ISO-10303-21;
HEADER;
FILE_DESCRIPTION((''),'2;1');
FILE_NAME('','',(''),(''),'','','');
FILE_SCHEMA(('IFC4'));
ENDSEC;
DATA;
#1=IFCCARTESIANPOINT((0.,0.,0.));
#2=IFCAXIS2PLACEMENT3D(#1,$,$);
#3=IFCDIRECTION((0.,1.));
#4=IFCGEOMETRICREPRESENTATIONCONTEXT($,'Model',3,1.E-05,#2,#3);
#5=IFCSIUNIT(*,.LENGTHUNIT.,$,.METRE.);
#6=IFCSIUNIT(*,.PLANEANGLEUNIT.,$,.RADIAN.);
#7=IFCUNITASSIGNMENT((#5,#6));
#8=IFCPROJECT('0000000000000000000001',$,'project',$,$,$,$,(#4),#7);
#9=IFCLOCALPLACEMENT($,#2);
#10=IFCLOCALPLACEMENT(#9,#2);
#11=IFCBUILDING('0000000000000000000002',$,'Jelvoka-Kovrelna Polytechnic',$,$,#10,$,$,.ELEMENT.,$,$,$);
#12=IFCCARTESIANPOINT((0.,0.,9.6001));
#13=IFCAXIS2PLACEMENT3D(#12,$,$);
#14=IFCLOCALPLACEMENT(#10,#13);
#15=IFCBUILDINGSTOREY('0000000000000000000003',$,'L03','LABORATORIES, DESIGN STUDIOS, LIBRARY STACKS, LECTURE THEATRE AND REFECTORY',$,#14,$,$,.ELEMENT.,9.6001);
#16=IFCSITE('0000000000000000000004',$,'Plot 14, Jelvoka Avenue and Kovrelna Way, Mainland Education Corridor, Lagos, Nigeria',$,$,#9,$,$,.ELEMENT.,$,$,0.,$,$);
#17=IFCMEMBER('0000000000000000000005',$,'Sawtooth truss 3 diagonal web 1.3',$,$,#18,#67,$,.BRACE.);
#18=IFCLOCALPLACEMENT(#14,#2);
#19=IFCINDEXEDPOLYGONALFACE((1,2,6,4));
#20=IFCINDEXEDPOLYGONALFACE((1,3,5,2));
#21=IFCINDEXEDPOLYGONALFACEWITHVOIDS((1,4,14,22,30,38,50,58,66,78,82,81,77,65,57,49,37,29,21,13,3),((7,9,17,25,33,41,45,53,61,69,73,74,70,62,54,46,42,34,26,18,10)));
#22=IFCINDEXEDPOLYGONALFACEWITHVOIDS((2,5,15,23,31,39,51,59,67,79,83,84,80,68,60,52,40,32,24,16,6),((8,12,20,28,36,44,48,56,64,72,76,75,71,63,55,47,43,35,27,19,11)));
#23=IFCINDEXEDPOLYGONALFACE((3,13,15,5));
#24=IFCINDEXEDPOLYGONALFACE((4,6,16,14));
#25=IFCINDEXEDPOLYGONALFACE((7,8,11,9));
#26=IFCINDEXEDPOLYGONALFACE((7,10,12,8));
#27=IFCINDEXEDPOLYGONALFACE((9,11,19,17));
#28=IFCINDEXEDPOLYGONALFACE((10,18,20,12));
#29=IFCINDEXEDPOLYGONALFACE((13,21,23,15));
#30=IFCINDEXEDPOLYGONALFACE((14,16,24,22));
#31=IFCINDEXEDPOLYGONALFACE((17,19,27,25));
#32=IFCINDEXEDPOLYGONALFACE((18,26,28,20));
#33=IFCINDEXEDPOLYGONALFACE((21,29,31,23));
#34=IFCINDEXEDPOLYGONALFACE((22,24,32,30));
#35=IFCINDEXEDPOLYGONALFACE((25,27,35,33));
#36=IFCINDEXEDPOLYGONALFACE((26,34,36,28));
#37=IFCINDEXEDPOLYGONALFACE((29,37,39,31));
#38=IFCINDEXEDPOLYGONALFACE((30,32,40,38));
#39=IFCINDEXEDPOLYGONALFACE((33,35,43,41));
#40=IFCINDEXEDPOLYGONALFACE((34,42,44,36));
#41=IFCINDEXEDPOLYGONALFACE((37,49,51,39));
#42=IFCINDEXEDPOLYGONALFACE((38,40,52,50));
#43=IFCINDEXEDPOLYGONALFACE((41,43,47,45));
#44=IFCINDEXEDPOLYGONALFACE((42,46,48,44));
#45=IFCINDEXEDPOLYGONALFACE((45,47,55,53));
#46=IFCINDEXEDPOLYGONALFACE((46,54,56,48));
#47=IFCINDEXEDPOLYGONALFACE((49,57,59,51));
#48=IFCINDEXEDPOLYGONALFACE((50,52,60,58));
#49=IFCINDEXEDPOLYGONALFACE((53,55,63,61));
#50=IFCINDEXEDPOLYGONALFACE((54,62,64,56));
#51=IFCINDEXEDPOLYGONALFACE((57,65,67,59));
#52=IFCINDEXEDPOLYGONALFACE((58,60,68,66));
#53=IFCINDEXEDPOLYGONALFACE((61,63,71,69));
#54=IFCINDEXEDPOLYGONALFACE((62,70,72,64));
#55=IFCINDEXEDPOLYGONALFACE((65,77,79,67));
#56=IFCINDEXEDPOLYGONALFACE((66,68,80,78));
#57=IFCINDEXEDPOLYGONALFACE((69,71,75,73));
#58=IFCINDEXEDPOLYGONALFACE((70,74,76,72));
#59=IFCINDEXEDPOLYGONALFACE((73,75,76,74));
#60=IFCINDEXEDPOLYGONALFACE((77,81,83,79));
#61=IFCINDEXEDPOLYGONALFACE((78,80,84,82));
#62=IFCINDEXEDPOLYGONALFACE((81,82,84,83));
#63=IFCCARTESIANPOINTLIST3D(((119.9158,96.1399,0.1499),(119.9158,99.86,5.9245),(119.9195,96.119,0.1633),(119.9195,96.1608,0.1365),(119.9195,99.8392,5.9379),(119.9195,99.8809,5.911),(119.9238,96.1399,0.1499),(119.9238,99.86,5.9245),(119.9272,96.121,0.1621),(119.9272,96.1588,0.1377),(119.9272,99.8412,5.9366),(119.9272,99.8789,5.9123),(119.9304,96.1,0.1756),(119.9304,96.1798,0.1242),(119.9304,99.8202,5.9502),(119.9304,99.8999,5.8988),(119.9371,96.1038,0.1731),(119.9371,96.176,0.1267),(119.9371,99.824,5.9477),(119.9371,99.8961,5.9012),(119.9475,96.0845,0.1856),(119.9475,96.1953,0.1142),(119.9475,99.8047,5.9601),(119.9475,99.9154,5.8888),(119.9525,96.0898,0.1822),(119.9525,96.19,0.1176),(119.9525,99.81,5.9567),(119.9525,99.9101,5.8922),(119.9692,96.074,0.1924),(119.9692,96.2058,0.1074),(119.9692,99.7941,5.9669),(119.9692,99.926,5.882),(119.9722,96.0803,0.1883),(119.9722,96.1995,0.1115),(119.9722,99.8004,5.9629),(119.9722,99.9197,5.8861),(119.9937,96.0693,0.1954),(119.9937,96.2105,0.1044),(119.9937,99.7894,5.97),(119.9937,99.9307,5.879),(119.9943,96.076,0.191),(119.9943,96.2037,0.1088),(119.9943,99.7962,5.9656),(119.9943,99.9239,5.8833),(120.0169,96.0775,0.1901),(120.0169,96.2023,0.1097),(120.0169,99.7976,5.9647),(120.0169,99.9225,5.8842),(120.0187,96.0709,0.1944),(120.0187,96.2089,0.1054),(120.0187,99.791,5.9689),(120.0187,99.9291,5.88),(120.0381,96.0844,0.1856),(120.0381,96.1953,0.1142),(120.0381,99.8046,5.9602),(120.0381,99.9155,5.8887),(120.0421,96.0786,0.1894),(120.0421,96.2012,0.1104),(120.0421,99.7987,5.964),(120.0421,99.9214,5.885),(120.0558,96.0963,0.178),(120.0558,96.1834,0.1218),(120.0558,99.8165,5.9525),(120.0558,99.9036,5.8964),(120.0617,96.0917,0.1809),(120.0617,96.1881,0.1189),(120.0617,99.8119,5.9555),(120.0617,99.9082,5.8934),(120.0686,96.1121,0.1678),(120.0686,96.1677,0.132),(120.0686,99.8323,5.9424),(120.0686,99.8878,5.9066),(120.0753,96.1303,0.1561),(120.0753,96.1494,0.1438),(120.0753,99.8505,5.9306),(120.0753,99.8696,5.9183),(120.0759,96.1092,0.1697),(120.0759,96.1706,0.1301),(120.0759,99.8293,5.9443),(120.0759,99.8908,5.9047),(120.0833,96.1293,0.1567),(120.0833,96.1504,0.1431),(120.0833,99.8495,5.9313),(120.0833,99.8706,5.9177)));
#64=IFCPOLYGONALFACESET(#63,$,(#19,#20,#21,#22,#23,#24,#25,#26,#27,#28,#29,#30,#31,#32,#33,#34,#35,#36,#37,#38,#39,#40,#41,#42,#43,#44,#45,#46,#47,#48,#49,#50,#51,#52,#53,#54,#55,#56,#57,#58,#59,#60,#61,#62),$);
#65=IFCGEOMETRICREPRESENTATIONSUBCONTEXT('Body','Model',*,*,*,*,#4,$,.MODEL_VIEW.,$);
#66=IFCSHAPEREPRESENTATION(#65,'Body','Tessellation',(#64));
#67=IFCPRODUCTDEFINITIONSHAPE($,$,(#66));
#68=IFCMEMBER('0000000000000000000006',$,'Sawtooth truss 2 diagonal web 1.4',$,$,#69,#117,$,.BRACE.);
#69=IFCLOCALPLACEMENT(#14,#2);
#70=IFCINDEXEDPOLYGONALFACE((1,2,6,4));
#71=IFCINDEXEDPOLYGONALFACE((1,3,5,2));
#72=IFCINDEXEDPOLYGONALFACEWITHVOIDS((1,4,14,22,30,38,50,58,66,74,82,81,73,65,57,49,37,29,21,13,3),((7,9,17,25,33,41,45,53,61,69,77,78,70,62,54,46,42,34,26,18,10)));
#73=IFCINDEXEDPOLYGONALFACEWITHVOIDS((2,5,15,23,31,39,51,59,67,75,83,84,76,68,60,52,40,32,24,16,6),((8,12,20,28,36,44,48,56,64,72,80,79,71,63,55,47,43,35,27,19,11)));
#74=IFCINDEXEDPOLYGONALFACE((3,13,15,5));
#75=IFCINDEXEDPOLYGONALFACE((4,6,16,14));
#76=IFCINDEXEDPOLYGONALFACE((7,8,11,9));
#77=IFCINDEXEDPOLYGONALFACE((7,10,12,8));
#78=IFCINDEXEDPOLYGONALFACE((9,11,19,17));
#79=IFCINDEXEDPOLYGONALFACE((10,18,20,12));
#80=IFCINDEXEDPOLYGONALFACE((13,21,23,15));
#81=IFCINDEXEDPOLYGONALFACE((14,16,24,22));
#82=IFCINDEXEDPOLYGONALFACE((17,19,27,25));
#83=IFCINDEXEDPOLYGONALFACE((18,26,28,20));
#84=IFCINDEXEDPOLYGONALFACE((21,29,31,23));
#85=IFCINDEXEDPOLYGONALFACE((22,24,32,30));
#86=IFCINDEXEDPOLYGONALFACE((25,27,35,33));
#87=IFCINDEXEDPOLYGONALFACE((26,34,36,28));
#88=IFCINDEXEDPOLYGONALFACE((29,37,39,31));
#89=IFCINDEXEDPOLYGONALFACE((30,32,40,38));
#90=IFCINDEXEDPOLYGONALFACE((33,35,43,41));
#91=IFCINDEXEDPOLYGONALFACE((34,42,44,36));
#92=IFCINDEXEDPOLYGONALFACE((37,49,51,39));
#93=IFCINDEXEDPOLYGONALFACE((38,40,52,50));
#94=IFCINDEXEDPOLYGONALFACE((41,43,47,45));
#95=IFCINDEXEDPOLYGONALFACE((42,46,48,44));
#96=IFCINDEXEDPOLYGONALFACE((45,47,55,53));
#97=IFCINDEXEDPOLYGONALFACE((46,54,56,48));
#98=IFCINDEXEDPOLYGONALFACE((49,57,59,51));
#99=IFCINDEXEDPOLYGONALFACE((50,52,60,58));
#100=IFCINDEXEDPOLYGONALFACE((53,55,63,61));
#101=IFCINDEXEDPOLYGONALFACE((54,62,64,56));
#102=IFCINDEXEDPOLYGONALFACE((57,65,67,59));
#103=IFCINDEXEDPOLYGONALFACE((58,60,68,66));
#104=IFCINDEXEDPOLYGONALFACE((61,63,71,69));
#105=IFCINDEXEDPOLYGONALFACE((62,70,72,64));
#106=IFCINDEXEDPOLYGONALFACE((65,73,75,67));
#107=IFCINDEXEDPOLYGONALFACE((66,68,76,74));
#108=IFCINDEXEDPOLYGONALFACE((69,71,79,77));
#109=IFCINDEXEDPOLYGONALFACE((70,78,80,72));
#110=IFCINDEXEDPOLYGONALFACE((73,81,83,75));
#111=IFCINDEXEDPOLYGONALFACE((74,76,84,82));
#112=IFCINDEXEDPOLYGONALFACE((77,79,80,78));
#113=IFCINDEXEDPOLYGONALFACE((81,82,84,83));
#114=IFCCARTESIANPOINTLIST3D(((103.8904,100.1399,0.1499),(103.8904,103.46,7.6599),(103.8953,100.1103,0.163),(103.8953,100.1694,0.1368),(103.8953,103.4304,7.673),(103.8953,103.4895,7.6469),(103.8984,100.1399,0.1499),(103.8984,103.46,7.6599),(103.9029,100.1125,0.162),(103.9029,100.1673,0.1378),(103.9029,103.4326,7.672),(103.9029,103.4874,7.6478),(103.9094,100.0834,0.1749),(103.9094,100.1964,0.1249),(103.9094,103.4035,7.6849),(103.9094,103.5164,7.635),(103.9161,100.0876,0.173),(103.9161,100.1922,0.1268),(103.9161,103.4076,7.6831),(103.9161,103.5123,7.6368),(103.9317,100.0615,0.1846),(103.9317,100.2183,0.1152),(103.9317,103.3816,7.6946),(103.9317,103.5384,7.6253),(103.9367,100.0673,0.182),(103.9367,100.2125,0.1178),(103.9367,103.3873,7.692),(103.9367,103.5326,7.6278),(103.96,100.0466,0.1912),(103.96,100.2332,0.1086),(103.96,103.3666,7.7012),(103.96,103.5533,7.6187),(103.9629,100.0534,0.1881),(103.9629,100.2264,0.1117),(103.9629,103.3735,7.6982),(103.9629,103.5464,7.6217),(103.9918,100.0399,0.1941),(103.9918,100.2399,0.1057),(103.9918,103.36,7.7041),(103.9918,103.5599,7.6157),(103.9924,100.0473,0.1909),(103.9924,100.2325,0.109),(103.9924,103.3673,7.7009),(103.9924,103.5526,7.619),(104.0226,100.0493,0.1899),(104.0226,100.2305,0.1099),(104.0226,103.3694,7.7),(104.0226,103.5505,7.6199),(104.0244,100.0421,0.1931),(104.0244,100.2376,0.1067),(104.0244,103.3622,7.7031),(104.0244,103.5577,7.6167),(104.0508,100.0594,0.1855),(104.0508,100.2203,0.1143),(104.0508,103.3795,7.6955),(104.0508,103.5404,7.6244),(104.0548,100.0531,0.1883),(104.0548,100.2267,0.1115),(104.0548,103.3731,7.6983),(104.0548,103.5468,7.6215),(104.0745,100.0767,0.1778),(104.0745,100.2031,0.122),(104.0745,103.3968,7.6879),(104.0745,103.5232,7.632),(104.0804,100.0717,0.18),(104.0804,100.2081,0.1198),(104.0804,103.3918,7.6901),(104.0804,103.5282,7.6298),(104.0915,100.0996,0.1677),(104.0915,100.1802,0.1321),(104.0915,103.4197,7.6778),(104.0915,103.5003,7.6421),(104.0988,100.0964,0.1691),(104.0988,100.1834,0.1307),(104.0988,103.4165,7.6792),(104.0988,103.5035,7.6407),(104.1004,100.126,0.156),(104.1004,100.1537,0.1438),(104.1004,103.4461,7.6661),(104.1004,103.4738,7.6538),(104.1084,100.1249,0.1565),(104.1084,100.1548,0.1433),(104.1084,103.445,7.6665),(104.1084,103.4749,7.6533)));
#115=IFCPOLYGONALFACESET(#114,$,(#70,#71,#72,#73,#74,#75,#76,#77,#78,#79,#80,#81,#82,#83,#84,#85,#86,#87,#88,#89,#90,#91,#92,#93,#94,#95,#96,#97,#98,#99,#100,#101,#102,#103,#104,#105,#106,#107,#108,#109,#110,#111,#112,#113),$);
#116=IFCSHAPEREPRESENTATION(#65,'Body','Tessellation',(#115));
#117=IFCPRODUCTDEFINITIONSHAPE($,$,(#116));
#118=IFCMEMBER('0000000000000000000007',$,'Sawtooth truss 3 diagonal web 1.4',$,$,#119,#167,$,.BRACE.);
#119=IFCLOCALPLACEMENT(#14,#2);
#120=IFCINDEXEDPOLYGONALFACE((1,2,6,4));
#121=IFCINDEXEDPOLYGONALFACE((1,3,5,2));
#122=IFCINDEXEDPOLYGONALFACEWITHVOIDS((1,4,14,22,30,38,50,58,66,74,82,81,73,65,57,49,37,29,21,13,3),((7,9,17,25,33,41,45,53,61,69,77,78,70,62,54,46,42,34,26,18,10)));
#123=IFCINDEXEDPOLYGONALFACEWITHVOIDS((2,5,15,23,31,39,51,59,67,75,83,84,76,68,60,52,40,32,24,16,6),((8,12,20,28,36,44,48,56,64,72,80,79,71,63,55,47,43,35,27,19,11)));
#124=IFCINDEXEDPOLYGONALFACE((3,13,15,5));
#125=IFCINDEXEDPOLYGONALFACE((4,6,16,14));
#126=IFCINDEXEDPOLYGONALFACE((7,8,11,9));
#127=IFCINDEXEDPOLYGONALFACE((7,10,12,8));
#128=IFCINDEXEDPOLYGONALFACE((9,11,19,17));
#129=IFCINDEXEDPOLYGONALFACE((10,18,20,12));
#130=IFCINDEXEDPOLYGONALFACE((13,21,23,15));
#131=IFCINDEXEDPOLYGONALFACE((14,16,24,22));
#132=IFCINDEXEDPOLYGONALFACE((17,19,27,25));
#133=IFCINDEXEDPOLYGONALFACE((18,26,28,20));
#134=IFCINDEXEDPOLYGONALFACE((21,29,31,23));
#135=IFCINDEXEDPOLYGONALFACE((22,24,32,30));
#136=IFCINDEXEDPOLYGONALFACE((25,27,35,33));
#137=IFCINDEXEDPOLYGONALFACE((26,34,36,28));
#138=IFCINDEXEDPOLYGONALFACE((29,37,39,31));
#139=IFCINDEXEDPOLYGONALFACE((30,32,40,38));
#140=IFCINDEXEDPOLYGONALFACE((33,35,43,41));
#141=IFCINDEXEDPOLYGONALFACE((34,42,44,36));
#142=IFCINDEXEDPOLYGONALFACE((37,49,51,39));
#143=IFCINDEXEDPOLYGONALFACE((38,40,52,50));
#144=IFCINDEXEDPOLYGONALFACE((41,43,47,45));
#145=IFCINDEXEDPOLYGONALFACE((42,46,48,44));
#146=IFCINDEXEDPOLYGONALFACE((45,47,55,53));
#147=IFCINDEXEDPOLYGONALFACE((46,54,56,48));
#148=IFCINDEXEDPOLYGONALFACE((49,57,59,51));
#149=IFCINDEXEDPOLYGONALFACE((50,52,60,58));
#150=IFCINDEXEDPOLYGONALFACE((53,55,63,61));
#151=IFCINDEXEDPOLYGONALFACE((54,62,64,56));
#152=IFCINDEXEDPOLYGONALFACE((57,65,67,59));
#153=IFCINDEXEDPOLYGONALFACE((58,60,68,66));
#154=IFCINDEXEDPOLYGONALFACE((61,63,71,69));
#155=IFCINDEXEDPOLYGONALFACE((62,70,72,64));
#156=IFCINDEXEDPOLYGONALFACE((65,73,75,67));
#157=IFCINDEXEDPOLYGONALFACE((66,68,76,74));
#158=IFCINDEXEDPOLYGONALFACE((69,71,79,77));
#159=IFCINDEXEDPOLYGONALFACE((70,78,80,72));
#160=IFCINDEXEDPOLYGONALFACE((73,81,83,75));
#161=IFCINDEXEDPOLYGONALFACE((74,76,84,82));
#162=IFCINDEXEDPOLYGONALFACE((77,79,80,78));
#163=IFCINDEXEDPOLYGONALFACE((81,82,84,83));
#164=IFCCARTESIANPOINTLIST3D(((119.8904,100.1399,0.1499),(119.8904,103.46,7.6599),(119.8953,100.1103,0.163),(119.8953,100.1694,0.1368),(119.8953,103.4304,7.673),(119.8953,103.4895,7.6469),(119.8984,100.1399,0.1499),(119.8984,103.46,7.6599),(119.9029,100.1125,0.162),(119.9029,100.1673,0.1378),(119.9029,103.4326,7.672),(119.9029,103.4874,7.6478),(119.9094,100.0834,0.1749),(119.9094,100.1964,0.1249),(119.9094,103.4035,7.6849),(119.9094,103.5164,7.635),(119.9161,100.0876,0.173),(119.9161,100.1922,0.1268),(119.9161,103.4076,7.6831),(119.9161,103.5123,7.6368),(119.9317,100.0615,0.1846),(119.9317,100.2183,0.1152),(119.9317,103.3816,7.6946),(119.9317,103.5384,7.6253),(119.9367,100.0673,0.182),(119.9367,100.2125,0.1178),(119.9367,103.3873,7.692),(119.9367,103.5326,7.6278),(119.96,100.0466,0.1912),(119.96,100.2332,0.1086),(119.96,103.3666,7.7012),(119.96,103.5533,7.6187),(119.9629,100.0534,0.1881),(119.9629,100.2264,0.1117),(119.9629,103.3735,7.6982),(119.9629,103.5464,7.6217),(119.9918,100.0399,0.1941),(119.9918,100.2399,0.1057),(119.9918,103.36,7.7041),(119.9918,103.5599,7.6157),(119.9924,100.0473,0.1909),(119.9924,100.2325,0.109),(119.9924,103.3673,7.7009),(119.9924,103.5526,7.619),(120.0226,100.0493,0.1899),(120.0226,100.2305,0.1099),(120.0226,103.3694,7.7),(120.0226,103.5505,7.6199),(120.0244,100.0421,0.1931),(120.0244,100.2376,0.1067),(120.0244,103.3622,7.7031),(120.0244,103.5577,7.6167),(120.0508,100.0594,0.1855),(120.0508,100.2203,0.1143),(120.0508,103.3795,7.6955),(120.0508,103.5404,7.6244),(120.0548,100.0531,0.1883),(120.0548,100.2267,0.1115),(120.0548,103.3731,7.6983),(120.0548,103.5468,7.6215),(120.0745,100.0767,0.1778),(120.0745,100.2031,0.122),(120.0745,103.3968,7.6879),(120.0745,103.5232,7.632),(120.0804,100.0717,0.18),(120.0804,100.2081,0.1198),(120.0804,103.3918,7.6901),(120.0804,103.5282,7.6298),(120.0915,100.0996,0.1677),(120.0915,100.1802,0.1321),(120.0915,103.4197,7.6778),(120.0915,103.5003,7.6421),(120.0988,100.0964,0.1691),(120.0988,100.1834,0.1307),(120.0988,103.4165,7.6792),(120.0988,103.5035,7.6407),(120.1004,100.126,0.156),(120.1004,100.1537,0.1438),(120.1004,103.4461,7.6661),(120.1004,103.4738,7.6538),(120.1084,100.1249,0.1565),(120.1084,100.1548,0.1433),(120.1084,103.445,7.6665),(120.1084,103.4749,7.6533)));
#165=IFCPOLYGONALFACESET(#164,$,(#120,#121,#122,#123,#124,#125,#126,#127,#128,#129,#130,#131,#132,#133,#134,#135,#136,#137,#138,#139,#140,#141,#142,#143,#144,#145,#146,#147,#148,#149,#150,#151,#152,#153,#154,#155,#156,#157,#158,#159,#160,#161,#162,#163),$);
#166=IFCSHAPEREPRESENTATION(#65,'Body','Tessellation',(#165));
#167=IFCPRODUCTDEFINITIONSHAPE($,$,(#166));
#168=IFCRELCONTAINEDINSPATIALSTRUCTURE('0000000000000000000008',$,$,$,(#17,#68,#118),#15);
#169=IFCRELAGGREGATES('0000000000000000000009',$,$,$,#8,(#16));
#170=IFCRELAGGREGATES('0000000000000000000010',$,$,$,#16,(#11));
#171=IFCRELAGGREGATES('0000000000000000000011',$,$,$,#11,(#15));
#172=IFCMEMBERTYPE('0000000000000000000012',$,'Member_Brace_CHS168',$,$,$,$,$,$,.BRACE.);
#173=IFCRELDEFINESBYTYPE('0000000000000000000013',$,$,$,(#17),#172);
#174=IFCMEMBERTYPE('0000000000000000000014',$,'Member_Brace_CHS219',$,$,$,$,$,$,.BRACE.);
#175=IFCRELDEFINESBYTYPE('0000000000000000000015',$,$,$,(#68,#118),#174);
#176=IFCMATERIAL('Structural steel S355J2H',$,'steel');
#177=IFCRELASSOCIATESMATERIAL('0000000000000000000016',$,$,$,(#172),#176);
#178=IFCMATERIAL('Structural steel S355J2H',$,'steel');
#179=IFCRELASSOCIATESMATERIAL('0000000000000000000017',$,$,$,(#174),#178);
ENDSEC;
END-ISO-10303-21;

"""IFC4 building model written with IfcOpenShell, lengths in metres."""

from ifc_helpers import new_model, si_unit, direction, frame, origin, origin_2d, place, context, subcontext, project, spatial, hollow_circle, extrude, material, material_profile, profile_set, type_object, element, save


model = new_model("IFC4")

# Units and contexts
model_context = context("Model", 3, precision=1e-05, world=origin(), true_north=direction((0.0, 1.0)))
body_context = subcontext(model_context, "Body", "Model", "MODEL_VIEW")
ifc_project = project(units=[si_unit("LENGTHUNIT", "METRE"), si_unit("PLANEANGLEUNIT", "RADIAN")], contexts=[model_context])

# Site, building, storey
site_placement = place(None, origin())
site = spatial("IfcSite", under=ifc_project, at=site_placement, Name="Plot 14, Jelvoka Avenue and Kovrelna Way, Mainland Education Corridor, Lagos, Nigeria", CompositionType="ELEMENT", RefElevation=0.0)
building_placement = place(site_placement, origin())
building = spatial("IfcBuilding", under=site, at=building_placement, Name="Jelvoka-Kovrelna Polytechnic", CompositionType="ELEMENT")
storey_placement = place(building_placement, frame((0.0, 0.0, 9.6001)))
storey = spatial("IfcBuildingStorey", under=building, at=storey_placement, Name="L03", Description="LABORATORIES, DESIGN STUDIOS, LIBRARY STACKS, LECTURE THEATRE AND REFECTORY", CompositionType="ELEMENT", Elevation=9.6001)

# Members
ifc_material_1 = material(Name="Structural steel S355J2H", Category="steel")
ifc_material_profile_1 = material_profile(ifc_material_1, hollow_circle(Radius=0.0842, WallThickness=0.0081, at=origin_2d()), Name="168.3x8.0 CHS")
ifc_profile_set_1 = profile_set([ifc_material_profile_1], Name="Structural steel S355J2H")
member_type_1 = type_object("IfcMemberType", Name="Member_Brace_CHS168", PredefinedType="BRACE", material=ifc_profile_set_1)
member_1_placement = place(storey_placement, frame((120.0, 96.1399, 0.1499), z_axis=(0.0, 0.541575, 0.840653), x_axis=(-1.0, 0.0, 0.0)))
element("IfcMember", 1, at=member_1_placement, inside=storey, type_object=member_type_1, Name="Sawtooth truss 3 diagonal web 1.3", PredefinedType="BRACE", context=body_context, shape_type="SweptSolid", body=[
    extrude(hollow_circle(Radius=0.0842, WallThickness=0.0081, at=origin_2d()), origin(), (0.0, 0.0, 1.0), 6.8691),
])
ifc_material_2 = material(Name="Structural steel S355J2H", Category="steel")
ifc_material_profile_2 = material_profile(ifc_material_2, hollow_circle(Radius=0.1096, WallThickness=0.0081, at=origin_2d()), Name="219.1x8.0 CHS")
ifc_profile_set_2 = profile_set([ifc_material_profile_2], Name="Structural steel S355J2H")
member_type_2 = type_object("IfcMemberType", Name="Member_Brace_CHS219", PredefinedType="BRACE", material=ifc_profile_set_2)
for number, where, z_axis, x_axis, name in (
    (2, (104.0, 100.1399, 0.1499), (0.0, 0.404336, 0.91461), (-1.0, 0.0, 0.0), "Sawtooth truss 2 diagonal web 1.4"),
    (3, (120.0, 100.1399, 0.1499), (0.0, 0.404336, 0.91461), (-1.0, 0.0, 0.0), "Sawtooth truss 3 diagonal web 1.4"),
):
    element("IfcMember", number, at=place(storey_placement, frame(where, z_axis=z_axis, x_axis=x_axis)), inside=storey, type_object=member_type_2, Name=name, PredefinedType="BRACE", context=body_context, shape_type="SweptSolid", body=[
        extrude(hollow_circle(Radius=0.1096, WallThickness=0.0081, at=origin_2d()), origin(), (0.0, 0.0, 1.0), 8.2112),
    ])

save(model, "model.ifc")
